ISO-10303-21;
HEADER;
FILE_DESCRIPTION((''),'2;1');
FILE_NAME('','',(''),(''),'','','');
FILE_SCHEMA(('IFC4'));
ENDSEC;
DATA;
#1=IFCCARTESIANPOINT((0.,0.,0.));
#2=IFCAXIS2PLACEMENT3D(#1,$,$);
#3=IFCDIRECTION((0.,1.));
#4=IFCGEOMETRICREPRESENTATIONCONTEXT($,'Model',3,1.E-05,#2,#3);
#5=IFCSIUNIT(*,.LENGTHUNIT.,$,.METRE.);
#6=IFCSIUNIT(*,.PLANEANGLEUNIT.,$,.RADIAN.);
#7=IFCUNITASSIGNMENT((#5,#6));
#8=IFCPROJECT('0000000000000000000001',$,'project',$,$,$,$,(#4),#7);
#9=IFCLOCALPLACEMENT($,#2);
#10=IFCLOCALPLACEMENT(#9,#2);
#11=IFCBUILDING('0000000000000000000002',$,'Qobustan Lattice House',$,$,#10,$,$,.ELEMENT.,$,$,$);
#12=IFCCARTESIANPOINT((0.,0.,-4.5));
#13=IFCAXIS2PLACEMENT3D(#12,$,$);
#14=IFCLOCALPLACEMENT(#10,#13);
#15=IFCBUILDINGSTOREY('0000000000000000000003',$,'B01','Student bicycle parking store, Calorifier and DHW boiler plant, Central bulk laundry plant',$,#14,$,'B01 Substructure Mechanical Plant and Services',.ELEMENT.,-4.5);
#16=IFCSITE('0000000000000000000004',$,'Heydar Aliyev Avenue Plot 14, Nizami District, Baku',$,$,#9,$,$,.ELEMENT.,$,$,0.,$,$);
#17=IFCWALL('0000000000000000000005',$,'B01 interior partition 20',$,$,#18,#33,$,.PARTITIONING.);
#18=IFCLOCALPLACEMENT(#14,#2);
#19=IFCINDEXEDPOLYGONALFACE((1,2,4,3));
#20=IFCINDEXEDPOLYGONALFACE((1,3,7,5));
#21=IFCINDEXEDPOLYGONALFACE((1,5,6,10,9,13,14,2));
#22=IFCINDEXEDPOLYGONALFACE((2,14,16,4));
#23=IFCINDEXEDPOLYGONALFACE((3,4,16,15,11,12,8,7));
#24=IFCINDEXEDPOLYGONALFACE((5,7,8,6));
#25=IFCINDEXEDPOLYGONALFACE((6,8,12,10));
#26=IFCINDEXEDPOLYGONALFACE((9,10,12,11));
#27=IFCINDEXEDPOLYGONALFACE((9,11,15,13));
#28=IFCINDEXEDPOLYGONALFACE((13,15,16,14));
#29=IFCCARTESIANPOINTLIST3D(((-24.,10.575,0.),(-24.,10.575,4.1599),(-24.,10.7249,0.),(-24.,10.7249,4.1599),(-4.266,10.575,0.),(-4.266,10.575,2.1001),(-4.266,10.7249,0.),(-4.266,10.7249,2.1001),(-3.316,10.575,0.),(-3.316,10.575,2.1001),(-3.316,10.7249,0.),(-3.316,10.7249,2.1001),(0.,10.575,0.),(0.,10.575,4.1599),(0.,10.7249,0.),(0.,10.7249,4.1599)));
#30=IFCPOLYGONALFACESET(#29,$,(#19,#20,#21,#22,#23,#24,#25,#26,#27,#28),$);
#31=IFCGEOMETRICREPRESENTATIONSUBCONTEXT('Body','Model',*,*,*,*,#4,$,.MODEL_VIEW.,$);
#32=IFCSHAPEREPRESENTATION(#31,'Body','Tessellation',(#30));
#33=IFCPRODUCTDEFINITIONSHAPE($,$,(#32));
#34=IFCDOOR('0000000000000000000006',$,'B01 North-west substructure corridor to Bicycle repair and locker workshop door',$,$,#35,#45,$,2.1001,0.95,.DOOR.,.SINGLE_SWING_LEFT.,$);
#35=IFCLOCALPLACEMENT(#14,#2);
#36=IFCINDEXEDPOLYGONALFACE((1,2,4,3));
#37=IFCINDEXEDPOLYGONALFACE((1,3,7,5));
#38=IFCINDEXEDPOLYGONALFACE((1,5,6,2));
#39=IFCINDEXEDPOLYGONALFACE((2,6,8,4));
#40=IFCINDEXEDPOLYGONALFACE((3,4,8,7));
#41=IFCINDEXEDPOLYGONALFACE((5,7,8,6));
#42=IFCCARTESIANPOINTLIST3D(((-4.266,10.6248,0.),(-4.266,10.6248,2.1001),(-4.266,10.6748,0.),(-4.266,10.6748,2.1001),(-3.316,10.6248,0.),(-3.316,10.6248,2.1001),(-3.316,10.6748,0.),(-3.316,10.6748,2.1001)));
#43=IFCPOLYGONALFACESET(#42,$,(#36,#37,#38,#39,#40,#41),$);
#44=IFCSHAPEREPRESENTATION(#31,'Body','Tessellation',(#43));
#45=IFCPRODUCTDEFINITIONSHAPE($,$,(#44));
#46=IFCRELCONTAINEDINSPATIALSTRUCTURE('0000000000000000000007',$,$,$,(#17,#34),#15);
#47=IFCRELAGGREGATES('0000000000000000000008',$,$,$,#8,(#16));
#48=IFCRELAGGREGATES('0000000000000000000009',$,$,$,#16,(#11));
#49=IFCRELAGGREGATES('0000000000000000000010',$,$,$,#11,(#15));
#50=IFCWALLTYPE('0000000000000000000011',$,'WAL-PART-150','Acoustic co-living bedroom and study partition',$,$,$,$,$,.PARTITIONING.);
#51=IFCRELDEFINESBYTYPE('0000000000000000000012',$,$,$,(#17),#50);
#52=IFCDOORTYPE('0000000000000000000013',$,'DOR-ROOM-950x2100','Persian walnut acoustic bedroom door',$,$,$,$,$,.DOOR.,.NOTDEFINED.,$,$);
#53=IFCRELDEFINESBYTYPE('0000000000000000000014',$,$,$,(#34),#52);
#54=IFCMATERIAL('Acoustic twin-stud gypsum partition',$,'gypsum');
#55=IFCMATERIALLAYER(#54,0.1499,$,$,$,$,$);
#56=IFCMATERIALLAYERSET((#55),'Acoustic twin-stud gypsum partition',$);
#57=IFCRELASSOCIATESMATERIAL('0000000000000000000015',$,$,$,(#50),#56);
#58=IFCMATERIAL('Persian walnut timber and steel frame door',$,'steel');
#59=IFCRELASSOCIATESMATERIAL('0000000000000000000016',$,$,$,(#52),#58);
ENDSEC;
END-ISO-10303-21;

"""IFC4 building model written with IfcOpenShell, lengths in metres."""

from ifc_helpers import new_model, si_unit, direction, frame, frame_2d, origin, place, context, subcontext, project, spatial, rectangle, extrude, material, layer, layer_set, type_object, element, fill, save


model = new_model("IFC4")

# Units and contexts
model_context = context("Model", 3, precision=1e-05, world=origin(), true_north=direction((0.0, 1.0)))
body_context = subcontext(model_context, "Body", "Model", "MODEL_VIEW")
ifc_project = project(units=[si_unit("LENGTHUNIT", "METRE"), si_unit("PLANEANGLEUNIT", "RADIAN")], contexts=[model_context])

# Site, building, storey
site_placement = place(None, origin())
site = spatial("IfcSite", under=ifc_project, at=site_placement, Name="Heydar Aliyev Avenue Plot 14, Nizami District, Baku", CompositionType="ELEMENT", RefElevation=0.0)
building_placement = place(site_placement, origin())
building = spatial("IfcBuilding", under=site, at=building_placement, Name="Qobustan Lattice House", CompositionType="ELEMENT")
storey_placement = place(building_placement, frame((0.0, 0.0, -4.5)))
storey = spatial("IfcBuildingStorey", under=building, at=storey_placement, Name="B01", Description="Student bicycle parking store, Calorifier and DHW boiler plant, Central bulk laundry plant", LongName="B01 Substructure Mechanical Plant and Services", CompositionType="ELEMENT", Elevation=-4.5)

# Wall, opening, door
ifc_material_1 = material(Name="Acoustic twin-stud gypsum partition", Category="gypsum")
ifc_layer_1 = layer(ifc_material_1, 0.1499)
ifc_layer_set_1 = layer_set([ifc_layer_1], Name="Acoustic twin-stud gypsum partition")
wall_type_1 = type_object("IfcWallType", Name="WAL-PART-150", Description="Acoustic co-living bedroom and study partition", PredefinedType="PARTITIONING", material=ifc_layer_set_1)
ifc_material_2 = material(Name="Persian walnut timber and steel frame door", Category="steel")
door_type = type_object("IfcDoorType", Name="DOR-ROOM-950x2100", Description="Persian walnut acoustic bedroom door", OperationType="NOTDEFINED", PredefinedType="DOOR", material=ifc_material_2)
wall_1_placement = place(storey_placement, frame((-24.0, 10.6499, 0.0), z_axis=(0.0, 0.0, 1.0), x_axis=(1.0, 0.0, 0.0)))
wall_1 = element("IfcWall", 1, at=wall_1_placement, inside=storey, type_object=wall_type_1, Name="B01 interior partition 20", PredefinedType="PARTITIONING", context=body_context, shape_type="SweptSolid", body=[
    extrude(rectangle(XDim=24.0, YDim=0.1499, at=frame_2d((12.0, 0.0))), origin(), (0.0, 0.0, 1.0), 4.1599),
])
opening_1_placement = place(wall_1_placement, frame((19.7339, 0.0, 0.0)))
opening_1 = element("IfcOpeningElement", 2, at=opening_1_placement, cuts=wall_1, PredefinedType="OPENING", context=body_context, shape_type="SweptSolid", body=[
    extrude(rectangle(XDim=0.95, YDim=2.1001, at=frame_2d((0.4751, 1.05))), frame((0.0, 0.085, 0.0), z_axis=(0.0, -1.0, 0.0), x_axis=(1.0, 0.0, 0.0)), (0.0, 0.0, 1.0), 0.1699),
])
door_1_placement = place(opening_1_placement, origin())
door_1 = element("IfcDoor", 3, at=door_1_placement, inside=storey, type_object=door_type, Name="B01 North-west substructure corridor to Bicycle repair and locker workshop door", OperationType="SINGLE_SWING_LEFT", OverallHeight=2.1001, OverallWidth=0.95, PredefinedType="DOOR", context=body_context, shape_type="SweptSolid", body=[
    extrude(rectangle(XDim=0.95, YDim=2.1001, at=frame_2d((0.4751, 1.05))), frame((0.0, 0.0249, 0.0), z_axis=(0.0, -1.0, 0.0), x_axis=(1.0, 0.0, 0.0)), (0.0, 0.0, 1.0), 0.05),
])
fill(opening_1, door_1)

save(model, "model.ifc")
